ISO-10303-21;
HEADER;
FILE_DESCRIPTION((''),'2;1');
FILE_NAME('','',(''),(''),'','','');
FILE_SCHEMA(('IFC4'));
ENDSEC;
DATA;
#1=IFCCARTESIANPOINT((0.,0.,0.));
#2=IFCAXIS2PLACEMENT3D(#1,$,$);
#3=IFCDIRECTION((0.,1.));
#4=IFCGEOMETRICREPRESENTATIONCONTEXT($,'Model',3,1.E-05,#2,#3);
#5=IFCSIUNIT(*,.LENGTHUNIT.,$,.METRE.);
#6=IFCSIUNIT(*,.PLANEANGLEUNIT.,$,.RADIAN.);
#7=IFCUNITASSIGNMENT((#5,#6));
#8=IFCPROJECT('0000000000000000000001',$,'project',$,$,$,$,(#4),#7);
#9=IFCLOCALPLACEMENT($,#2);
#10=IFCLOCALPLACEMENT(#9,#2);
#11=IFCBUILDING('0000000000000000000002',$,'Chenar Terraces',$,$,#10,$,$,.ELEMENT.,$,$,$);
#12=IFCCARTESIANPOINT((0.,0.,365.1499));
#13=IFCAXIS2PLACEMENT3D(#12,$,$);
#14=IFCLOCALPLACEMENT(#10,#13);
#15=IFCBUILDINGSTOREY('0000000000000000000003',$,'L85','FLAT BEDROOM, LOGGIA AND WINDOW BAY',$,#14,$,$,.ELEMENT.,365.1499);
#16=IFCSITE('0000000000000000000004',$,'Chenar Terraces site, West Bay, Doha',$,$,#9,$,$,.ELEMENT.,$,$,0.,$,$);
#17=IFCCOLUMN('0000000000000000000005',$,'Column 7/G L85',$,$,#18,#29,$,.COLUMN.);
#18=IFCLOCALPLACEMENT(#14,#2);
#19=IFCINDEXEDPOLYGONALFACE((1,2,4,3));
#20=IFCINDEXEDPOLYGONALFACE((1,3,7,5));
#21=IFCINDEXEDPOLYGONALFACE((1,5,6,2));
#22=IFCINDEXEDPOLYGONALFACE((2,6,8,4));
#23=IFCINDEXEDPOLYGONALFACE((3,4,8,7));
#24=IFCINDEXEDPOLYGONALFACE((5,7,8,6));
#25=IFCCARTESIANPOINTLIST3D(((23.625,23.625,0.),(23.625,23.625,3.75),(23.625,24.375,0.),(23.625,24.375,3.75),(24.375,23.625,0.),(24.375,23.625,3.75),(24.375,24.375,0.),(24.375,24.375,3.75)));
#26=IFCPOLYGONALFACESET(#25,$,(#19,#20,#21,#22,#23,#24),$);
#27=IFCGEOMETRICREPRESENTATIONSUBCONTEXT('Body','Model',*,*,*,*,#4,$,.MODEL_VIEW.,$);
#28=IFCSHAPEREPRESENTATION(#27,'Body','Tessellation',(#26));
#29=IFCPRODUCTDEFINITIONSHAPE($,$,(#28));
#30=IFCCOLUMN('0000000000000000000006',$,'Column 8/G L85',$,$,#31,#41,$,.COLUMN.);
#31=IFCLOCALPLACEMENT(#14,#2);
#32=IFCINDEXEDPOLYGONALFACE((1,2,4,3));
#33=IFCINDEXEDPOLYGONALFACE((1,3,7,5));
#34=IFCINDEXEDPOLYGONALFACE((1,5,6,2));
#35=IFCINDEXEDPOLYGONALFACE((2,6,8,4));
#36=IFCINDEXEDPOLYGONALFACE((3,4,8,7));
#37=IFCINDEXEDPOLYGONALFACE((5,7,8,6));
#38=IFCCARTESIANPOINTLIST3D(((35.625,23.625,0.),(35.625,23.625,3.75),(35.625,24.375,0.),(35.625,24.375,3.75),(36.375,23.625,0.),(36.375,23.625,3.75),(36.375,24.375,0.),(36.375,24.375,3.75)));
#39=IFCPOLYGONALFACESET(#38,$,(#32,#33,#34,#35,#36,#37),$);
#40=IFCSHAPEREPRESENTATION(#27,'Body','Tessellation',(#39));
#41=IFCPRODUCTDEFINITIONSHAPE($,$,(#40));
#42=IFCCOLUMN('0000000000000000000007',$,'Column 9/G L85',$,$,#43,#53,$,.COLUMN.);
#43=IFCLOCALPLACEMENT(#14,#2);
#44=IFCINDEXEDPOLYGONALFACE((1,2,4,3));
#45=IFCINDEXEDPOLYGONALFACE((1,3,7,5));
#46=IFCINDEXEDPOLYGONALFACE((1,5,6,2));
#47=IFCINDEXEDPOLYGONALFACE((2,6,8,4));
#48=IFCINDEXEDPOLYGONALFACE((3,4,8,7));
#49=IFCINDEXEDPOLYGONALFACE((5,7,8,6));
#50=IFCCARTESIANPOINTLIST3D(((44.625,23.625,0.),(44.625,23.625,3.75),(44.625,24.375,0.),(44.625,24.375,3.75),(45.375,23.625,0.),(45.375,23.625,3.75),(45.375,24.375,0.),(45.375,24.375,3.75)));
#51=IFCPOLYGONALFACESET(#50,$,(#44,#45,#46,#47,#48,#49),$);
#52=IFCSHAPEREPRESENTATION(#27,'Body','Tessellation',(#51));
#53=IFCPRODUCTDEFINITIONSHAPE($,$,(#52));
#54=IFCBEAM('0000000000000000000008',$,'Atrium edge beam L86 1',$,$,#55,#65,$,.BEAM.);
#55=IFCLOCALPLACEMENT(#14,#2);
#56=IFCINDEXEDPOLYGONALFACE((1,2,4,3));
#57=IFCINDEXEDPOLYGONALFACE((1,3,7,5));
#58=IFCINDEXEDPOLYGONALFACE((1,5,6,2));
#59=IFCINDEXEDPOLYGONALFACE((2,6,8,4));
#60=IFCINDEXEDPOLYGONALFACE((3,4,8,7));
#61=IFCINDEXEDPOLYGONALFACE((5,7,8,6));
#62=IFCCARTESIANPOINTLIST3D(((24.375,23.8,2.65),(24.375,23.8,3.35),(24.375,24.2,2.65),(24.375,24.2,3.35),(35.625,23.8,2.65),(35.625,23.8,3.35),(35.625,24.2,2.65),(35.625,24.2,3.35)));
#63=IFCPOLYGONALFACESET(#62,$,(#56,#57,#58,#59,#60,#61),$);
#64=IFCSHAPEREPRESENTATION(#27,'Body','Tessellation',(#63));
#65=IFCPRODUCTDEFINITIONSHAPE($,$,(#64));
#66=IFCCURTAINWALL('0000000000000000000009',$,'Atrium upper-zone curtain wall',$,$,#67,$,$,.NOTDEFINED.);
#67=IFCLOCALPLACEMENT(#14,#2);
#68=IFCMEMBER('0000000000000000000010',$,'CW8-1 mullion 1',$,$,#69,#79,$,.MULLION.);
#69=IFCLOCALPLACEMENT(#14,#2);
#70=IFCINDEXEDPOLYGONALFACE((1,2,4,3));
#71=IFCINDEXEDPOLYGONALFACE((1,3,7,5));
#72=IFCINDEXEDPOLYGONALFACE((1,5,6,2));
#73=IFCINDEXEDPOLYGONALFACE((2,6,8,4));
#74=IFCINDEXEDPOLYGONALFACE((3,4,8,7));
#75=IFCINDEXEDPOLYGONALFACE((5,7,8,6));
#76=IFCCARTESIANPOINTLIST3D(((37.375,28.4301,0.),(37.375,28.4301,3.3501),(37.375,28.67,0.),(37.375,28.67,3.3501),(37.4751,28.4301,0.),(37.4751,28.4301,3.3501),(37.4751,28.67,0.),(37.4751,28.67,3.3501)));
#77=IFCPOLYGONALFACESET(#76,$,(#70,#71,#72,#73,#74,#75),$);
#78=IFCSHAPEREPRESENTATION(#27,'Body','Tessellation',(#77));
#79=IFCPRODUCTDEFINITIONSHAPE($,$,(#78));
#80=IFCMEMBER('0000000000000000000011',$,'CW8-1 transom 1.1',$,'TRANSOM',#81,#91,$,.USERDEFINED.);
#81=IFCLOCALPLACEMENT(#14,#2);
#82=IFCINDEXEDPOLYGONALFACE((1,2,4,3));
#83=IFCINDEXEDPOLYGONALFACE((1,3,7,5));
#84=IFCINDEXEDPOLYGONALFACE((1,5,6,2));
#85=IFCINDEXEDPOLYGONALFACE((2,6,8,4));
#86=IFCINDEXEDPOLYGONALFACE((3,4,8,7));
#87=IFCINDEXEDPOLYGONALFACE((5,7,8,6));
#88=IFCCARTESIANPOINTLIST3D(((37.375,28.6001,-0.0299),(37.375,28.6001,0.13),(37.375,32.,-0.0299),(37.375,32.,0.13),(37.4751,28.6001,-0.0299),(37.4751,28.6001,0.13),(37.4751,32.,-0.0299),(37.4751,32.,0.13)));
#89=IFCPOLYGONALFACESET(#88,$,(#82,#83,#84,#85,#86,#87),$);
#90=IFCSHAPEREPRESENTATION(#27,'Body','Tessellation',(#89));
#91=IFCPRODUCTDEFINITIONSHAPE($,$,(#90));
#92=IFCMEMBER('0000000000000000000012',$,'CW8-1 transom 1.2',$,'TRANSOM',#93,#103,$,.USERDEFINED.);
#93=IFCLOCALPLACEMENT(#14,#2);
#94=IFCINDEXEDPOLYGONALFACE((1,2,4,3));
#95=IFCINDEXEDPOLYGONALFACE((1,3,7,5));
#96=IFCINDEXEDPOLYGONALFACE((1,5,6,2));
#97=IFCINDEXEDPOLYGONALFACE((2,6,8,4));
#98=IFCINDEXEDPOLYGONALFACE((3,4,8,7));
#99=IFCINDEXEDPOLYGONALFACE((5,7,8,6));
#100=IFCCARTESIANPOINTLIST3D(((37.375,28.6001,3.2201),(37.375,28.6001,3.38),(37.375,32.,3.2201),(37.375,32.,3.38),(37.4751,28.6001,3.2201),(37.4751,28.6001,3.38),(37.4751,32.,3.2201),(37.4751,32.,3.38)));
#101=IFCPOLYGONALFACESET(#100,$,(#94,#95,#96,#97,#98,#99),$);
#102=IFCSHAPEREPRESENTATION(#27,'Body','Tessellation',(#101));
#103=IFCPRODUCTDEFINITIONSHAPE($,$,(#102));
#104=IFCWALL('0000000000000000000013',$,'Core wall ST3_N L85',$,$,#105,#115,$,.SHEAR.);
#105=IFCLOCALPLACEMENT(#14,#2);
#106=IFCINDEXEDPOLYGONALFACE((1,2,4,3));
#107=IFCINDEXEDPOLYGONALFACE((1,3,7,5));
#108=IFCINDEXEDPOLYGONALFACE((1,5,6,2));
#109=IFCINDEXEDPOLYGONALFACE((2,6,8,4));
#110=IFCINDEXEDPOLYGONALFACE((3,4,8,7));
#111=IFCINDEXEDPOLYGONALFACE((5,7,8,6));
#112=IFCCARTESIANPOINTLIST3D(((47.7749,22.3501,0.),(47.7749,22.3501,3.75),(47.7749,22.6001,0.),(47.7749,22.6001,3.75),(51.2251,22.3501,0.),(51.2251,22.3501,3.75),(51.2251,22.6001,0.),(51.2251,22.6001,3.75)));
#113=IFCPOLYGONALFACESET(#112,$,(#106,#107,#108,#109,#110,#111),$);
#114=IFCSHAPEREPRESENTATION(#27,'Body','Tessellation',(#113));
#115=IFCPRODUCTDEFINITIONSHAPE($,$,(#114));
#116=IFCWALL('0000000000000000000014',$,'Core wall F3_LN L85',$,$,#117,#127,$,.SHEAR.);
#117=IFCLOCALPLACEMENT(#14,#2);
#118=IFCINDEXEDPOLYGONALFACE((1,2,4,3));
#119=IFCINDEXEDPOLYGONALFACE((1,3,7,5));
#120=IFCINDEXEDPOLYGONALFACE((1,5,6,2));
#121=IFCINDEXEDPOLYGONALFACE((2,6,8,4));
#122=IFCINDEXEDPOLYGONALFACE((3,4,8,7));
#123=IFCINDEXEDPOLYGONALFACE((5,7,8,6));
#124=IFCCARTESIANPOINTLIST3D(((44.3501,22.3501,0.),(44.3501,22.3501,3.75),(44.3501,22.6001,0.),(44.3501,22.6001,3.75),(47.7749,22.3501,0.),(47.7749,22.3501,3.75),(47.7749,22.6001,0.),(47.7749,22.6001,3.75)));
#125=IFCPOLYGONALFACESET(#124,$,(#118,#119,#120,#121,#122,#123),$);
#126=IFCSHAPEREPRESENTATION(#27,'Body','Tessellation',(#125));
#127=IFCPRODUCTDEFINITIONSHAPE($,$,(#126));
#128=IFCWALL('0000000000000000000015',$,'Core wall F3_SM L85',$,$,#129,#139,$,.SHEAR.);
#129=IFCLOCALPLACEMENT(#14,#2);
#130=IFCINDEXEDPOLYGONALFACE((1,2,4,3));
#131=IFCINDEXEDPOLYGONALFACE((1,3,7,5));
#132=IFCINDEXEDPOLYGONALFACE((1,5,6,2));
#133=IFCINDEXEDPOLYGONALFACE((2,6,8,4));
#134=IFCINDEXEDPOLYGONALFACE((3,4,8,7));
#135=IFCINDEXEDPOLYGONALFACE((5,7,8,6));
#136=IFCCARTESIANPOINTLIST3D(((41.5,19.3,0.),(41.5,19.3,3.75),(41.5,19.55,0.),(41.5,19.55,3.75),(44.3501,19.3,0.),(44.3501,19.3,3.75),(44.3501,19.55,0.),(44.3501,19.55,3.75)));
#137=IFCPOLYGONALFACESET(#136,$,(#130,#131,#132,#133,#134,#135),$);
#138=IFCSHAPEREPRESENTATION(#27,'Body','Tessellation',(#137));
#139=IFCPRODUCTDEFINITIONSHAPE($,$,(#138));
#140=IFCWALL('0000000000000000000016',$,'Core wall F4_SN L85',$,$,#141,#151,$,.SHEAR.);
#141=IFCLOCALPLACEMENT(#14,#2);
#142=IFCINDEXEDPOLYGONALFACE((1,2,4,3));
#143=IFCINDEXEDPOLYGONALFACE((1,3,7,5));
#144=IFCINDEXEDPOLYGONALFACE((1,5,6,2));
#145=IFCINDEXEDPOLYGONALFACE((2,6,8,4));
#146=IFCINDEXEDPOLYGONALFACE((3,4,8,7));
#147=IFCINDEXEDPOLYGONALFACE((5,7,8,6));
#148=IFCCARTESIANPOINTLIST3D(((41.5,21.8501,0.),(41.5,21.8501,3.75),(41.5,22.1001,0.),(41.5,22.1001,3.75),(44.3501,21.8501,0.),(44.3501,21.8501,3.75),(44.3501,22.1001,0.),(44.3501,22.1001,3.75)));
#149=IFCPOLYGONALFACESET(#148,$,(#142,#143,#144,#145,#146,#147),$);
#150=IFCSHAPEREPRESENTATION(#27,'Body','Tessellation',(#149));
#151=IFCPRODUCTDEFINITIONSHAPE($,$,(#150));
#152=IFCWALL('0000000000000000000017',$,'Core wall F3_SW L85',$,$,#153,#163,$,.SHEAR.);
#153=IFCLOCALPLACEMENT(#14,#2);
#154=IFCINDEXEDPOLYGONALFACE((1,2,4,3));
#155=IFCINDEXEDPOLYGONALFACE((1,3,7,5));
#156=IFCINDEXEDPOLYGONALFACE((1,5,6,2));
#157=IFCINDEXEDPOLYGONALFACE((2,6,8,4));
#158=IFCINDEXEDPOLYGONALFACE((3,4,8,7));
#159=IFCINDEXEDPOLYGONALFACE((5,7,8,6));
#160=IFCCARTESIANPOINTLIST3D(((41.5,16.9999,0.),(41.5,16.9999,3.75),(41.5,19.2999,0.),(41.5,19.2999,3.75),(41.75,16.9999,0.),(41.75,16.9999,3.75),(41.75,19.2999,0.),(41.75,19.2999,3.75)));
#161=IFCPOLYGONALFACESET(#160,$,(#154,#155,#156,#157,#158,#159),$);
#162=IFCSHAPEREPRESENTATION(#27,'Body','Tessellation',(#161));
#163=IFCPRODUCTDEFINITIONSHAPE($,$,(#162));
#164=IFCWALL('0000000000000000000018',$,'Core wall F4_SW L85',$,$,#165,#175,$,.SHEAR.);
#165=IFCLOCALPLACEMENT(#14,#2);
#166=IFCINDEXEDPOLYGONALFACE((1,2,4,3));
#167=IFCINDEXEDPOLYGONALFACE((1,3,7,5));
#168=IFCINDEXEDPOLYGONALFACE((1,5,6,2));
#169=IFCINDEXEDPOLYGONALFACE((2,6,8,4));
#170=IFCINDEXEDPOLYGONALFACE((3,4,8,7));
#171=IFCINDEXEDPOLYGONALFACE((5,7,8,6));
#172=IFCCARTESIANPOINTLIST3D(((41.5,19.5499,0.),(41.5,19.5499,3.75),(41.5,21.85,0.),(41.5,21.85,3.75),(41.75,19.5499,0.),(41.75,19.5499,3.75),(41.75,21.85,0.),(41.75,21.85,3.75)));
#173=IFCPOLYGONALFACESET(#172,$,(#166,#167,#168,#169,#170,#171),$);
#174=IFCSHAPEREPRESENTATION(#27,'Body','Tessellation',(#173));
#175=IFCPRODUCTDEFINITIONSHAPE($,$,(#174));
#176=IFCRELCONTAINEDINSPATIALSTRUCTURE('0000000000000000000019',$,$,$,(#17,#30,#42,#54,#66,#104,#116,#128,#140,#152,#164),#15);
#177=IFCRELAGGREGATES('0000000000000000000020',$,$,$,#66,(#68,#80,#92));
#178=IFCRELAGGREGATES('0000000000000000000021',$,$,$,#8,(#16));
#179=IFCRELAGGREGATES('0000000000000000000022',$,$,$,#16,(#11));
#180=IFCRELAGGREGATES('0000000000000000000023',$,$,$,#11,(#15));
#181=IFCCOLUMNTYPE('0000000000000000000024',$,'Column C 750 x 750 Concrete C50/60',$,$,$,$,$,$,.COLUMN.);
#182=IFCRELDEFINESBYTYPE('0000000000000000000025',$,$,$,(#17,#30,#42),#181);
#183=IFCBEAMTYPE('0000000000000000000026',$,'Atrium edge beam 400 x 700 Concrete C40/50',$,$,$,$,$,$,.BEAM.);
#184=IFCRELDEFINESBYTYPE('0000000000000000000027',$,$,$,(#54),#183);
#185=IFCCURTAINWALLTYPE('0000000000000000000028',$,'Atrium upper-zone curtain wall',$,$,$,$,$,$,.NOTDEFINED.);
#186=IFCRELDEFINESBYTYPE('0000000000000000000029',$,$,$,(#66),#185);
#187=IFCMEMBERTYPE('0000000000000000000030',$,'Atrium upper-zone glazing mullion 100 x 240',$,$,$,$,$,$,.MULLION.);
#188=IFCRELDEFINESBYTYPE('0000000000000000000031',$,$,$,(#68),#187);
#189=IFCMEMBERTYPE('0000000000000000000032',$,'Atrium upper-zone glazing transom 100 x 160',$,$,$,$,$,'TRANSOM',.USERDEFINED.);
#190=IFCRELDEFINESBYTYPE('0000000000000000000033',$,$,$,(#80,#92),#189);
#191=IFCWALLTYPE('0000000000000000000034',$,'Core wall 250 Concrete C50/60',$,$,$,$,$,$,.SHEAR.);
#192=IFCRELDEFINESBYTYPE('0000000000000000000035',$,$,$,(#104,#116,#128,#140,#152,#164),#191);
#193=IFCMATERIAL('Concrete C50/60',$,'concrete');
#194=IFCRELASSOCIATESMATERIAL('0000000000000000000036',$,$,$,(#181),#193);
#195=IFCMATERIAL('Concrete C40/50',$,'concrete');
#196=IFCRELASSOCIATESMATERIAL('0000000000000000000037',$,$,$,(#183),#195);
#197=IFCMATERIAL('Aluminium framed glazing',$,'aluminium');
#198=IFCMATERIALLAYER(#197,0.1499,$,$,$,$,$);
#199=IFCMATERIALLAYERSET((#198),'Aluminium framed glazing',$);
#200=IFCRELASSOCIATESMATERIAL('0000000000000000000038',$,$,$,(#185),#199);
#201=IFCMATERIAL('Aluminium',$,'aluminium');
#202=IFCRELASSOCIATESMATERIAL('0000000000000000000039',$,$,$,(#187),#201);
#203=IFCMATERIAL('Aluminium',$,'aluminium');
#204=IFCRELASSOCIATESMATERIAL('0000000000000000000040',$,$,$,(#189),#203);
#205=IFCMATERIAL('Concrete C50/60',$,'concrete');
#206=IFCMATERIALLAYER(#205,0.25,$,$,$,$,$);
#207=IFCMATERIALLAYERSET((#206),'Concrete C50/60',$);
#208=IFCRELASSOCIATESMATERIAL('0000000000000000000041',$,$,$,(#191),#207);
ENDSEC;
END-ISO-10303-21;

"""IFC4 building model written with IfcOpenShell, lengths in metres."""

from ifc_helpers import new_model, si_unit, direction, frame, frame_2d, origin, origin_2d, place, context, subcontext, project, spatial, rectangle, extrude, material, layer, layer_set, material_profile, profile_set, type_object, element, aggregate, save


model = new_model("IFC4")

# Units and contexts
model_context = context("Model", 3, precision=1e-05, world=origin(), true_north=direction((0.0, 1.0)))
body_context = subcontext(model_context, "Body", "Model", "MODEL_VIEW")
ifc_project = project(units=[si_unit("LENGTHUNIT", "METRE"), si_unit("PLANEANGLEUNIT", "RADIAN")], contexts=[model_context])

# Site, building, storey
site_placement = place(None, origin())
site = spatial("IfcSite", under=ifc_project, at=site_placement, Name="Chenar Terraces site, West Bay, Doha", CompositionType="ELEMENT", RefElevation=0.0)
building_placement = place(site_placement, origin())
building = spatial("IfcBuilding", under=site, at=building_placement, Name="Chenar Terraces", CompositionType="ELEMENT")
storey_placement = place(building_placement, frame((0.0, 0.0, 365.1499)))
storey = spatial("IfcBuildingStorey", under=building, at=storey_placement, Name="L85", Description="FLAT BEDROOM, LOGGIA AND WINDOW BAY", CompositionType="ELEMENT", Elevation=365.1499)

# Columns
ifc_material_1 = material(Name="Concrete C50/60", Category="concrete")
ifc_material_profile_1 = material_profile(ifc_material_1, rectangle(XDim=0.75, YDim=0.75, at=origin_2d()), Name="C 750 x 750")
ifc_profile_set_1 = profile_set([ifc_material_profile_1], Name="Concrete C50/60")
column_type = type_object("IfcColumnType", Name="Column C 750 x 750 Concrete C50/60", PredefinedType="COLUMN", material=ifc_profile_set_1)
for number, where, z_axis, x_axis, name in (
    (1, (24.0, 24.0, 0.0), (0.0, 0.0, 1.0), (1.0, 0.0, 0.0), "Column 7/G L85"),
    (2, (36.0, 24.0, 0.0), (0.0, 0.0, 1.0), (1.0, 0.0, 0.0), "Column 8/G L85"),
    (3, (45.0, 24.0, 0.0), (0.0, 0.0, 1.0), (1.0, 0.0, 0.0), "Column 9/G L85"),
):
    element("IfcColumn", number, at=place(storey_placement, frame(where, z_axis=z_axis, x_axis=x_axis)), inside=storey, type_object=column_type, Name=name, PredefinedType="COLUMN", context=body_context, shape_type="SweptSolid", body=[
        extrude(rectangle(XDim=0.75, YDim=0.75, at=origin_2d()), origin(), (0.0, 0.0, 1.0), 3.75),
    ])

# Beam
ifc_material_2 = material(Name="Concrete C40/50", Category="concrete")
ifc_material_profile_2 = material_profile(ifc_material_2, rectangle(XDim=0.3999, YDim=0.7, at=origin_2d()), Name="RC 400 x 700")
ifc_profile_set_2 = profile_set([ifc_material_profile_2], Name="Concrete C40/50")
beam_type = type_object("IfcBeamType", Name="Atrium edge beam 400 x 700 Concrete C40/50", PredefinedType="BEAM", material=ifc_profile_set_2)
beam_placement = place(storey_placement, frame((24.375, 24.0, 3.0), z_axis=(1.0, 0.0, 0.0), x_axis=(0.0, 1.0, 0.0)))
element("IfcBeam", 4, at=beam_placement, inside=storey, type_object=beam_type, Name="Atrium edge beam L86 1", PredefinedType="BEAM", context=body_context, shape_type="SweptSolid", body=[
    extrude(rectangle(XDim=0.3999, YDim=0.7, at=origin_2d()), origin(), (0.0, 0.0, 1.0), 11.25),
])

# Curtain wall, members
ifc_material_3 = material(Name="Aluminium framed glazing", Category="aluminium")
ifc_layer_1 = layer(ifc_material_3, 0.1499)
ifc_layer_set_1 = layer_set([ifc_layer_1], Name="Aluminium framed glazing")
curtain_wall_type = type_object("IfcCurtainWallType", Name="Atrium upper-zone curtain wall", PredefinedType="NOTDEFINED", material=ifc_layer_set_1)
placement = place(storey_placement, origin())
curtain_wall = element("IfcCurtainWall", 5, at=placement, inside=storey, type_object=curtain_wall_type, Name="Atrium upper-zone curtain wall", PredefinedType="NOTDEFINED")
ifc_material_4 = material(Name="Aluminium", Category="aluminium")
ifc_material_profile_3 = material_profile(ifc_material_4, rectangle(XDim=0.1001, YDim=0.24, at=origin_2d()), Name="Atrium upper-zone glazing mullion 100 x 240")
ifc_profile_set_3 = profile_set([ifc_material_profile_3], Name="Aluminium")
member_type_1 = type_object("IfcMemberType", Name="Atrium upper-zone glazing mullion 100 x 240", PredefinedType="MULLION", material=ifc_profile_set_3)
member_1_placement = place(storey_placement, frame((37.425, 28.55, 0.0), z_axis=(0.0, 0.0, 1.0), x_axis=(-1.0, 0.0, 0.0)))
member_1 = element("IfcMember", 6, at=member_1_placement, type_object=member_type_1, Name="CW8-1 mullion 1", PredefinedType="MULLION", context=body_context, shape_type="SweptSolid", body=[
    extrude(rectangle(XDim=0.1001, YDim=0.24, at=origin_2d()), origin(), (0.0, 0.0, 1.0), 3.3501),
])
ifc_material_5 = material(Name="Aluminium", Category="aluminium")
ifc_material_profile_4 = material_profile(ifc_material_5, rectangle(XDim=0.1001, YDim=0.1599, at=origin_2d()), Name="Atrium upper-zone glazing transom 100 x 160")
ifc_profile_set_4 = profile_set([ifc_material_profile_4], Name="Aluminium")
member_type_2 = type_object("IfcMemberType", Name="Atrium upper-zone glazing transom 100 x 160", ElementType="TRANSOM", PredefinedType="USERDEFINED", material=ifc_profile_set_4)
member_2_placement = place(storey_placement, frame((37.425, 28.6001, 0.05), z_axis=(0.0, 1.0, 0.0), x_axis=(-1.0, 0.0, 0.0)))
member_2 = element("IfcMember", 7, at=member_2_placement, type_object=member_type_2, Name="CW8-1 transom 1.1", ObjectType="TRANSOM", PredefinedType="USERDEFINED", context=body_context, shape_type="SweptSolid", body=[
    extrude(rectangle(XDim=0.1001, YDim=0.1599, at=origin_2d()), origin(), (0.0, 0.0, 1.0), 3.3999),
])
member_3_placement = place(storey_placement, frame((37.425, 28.6001, 3.3), z_axis=(0.0, 1.0, 0.0), x_axis=(-1.0, 0.0, 0.0)))
member_3 = element("IfcMember", 8, at=member_3_placement, type_object=member_type_2, Name="CW8-1 transom 1.2", ObjectType="TRANSOM", PredefinedType="USERDEFINED", context=body_context, shape_type="SweptSolid", body=[
    extrude(rectangle(XDim=0.1001, YDim=0.1599, at=origin_2d()), origin(), (0.0, 0.0, 1.0), 3.3999),
])
aggregate(curtain_wall, [member_1, member_2, member_3])

# Walls
ifc_material_6 = material(Name="Concrete C50/60", Category="concrete")
ifc_layer_2 = layer(ifc_material_6, 0.25)
ifc_layer_set_2 = layer_set([ifc_layer_2], Name="Concrete C50/60")
wall_type_1 = type_object("IfcWallType", Name="Core wall 250 Concrete C50/60", PredefinedType="SHEAR", material=ifc_layer_set_2)
wall_1_placement = place(storey_placement, frame((47.7749, 22.4751, 0.0), z_axis=(0.0, 0.0, 1.0), x_axis=(1.0, 0.0, 0.0)))
element("IfcWall", 9, at=wall_1_placement, inside=storey, type_object=wall_type_1, Name="Core wall ST3_N L85", PredefinedType="SHEAR", context=body_context, shape_type="SweptSolid", body=[
    extrude(rectangle(XDim=3.4502, YDim=0.25, at=frame_2d((1.7251, 0.0))), origin(), (0.0, 0.0, 1.0), 3.75),
])
wall_2_placement = place(storey_placement, frame((44.3501, 22.4751, 0.0), z_axis=(0.0, 0.0, 1.0), x_axis=(1.0, 0.0, 0.0)))
element("IfcWall", 10, at=wall_2_placement, inside=storey, type_object=wall_type_1, Name="Core wall F3_LN L85", PredefinedType="SHEAR", context=body_context, shape_type="SweptSolid", body=[
    extrude(rectangle(XDim=3.4248, YDim=0.25, at=frame_2d((1.7124, 0.0))), origin(), (0.0, 0.0, 1.0), 3.75),
])
for number, where, z_axis, x_axis, name in (
    (11, (41.5, 19.425, 0.0), (0.0, 0.0, 1.0), (1.0, 0.0, 0.0), "Core wall F3_SM L85"),
    (12, (41.5, 21.9751, 0.0), (0.0, 0.0, 1.0), (1.0, 0.0, 0.0), "Core wall F4_SN L85"),
):
    element("IfcWall", number, at=place(storey_placement, frame(where, z_axis=z_axis, x_axis=x_axis)), inside=storey, type_object=wall_type_1, Name=name, PredefinedType="SHEAR", context=body_context, shape_type="SweptSolid", body=[
        extrude(rectangle(XDim=2.8501, YDim=0.25, at=frame_2d((1.425, 0.0))), origin(), (0.0, 0.0, 1.0), 3.75),
    ])
for number, where, z_axis, x_axis, name in (
    (13, (41.625, 17.0, 0.0), (0.0, 0.0, 1.0), (0.0, 1.0, 0.0), "Core wall F3_SW L85"),
    (14, (41.625, 19.55, 0.0), (0.0, 0.0, 1.0), (0.0, 1.0, 0.0), "Core wall F4_SW L85"),
):
    element("IfcWall", number, at=place(storey_placement, frame(where, z_axis=z_axis, x_axis=x_axis)), inside=storey, type_object=wall_type_1, Name=name, PredefinedType="SHEAR", context=body_context, shape_type="SweptSolid", body=[
        extrude(rectangle(XDim=2.3, YDim=0.25, at=frame_2d((1.1499, 0.0))), origin(), (0.0, 0.0, 1.0), 3.75),
    ])

save(model, "model.ifc")
